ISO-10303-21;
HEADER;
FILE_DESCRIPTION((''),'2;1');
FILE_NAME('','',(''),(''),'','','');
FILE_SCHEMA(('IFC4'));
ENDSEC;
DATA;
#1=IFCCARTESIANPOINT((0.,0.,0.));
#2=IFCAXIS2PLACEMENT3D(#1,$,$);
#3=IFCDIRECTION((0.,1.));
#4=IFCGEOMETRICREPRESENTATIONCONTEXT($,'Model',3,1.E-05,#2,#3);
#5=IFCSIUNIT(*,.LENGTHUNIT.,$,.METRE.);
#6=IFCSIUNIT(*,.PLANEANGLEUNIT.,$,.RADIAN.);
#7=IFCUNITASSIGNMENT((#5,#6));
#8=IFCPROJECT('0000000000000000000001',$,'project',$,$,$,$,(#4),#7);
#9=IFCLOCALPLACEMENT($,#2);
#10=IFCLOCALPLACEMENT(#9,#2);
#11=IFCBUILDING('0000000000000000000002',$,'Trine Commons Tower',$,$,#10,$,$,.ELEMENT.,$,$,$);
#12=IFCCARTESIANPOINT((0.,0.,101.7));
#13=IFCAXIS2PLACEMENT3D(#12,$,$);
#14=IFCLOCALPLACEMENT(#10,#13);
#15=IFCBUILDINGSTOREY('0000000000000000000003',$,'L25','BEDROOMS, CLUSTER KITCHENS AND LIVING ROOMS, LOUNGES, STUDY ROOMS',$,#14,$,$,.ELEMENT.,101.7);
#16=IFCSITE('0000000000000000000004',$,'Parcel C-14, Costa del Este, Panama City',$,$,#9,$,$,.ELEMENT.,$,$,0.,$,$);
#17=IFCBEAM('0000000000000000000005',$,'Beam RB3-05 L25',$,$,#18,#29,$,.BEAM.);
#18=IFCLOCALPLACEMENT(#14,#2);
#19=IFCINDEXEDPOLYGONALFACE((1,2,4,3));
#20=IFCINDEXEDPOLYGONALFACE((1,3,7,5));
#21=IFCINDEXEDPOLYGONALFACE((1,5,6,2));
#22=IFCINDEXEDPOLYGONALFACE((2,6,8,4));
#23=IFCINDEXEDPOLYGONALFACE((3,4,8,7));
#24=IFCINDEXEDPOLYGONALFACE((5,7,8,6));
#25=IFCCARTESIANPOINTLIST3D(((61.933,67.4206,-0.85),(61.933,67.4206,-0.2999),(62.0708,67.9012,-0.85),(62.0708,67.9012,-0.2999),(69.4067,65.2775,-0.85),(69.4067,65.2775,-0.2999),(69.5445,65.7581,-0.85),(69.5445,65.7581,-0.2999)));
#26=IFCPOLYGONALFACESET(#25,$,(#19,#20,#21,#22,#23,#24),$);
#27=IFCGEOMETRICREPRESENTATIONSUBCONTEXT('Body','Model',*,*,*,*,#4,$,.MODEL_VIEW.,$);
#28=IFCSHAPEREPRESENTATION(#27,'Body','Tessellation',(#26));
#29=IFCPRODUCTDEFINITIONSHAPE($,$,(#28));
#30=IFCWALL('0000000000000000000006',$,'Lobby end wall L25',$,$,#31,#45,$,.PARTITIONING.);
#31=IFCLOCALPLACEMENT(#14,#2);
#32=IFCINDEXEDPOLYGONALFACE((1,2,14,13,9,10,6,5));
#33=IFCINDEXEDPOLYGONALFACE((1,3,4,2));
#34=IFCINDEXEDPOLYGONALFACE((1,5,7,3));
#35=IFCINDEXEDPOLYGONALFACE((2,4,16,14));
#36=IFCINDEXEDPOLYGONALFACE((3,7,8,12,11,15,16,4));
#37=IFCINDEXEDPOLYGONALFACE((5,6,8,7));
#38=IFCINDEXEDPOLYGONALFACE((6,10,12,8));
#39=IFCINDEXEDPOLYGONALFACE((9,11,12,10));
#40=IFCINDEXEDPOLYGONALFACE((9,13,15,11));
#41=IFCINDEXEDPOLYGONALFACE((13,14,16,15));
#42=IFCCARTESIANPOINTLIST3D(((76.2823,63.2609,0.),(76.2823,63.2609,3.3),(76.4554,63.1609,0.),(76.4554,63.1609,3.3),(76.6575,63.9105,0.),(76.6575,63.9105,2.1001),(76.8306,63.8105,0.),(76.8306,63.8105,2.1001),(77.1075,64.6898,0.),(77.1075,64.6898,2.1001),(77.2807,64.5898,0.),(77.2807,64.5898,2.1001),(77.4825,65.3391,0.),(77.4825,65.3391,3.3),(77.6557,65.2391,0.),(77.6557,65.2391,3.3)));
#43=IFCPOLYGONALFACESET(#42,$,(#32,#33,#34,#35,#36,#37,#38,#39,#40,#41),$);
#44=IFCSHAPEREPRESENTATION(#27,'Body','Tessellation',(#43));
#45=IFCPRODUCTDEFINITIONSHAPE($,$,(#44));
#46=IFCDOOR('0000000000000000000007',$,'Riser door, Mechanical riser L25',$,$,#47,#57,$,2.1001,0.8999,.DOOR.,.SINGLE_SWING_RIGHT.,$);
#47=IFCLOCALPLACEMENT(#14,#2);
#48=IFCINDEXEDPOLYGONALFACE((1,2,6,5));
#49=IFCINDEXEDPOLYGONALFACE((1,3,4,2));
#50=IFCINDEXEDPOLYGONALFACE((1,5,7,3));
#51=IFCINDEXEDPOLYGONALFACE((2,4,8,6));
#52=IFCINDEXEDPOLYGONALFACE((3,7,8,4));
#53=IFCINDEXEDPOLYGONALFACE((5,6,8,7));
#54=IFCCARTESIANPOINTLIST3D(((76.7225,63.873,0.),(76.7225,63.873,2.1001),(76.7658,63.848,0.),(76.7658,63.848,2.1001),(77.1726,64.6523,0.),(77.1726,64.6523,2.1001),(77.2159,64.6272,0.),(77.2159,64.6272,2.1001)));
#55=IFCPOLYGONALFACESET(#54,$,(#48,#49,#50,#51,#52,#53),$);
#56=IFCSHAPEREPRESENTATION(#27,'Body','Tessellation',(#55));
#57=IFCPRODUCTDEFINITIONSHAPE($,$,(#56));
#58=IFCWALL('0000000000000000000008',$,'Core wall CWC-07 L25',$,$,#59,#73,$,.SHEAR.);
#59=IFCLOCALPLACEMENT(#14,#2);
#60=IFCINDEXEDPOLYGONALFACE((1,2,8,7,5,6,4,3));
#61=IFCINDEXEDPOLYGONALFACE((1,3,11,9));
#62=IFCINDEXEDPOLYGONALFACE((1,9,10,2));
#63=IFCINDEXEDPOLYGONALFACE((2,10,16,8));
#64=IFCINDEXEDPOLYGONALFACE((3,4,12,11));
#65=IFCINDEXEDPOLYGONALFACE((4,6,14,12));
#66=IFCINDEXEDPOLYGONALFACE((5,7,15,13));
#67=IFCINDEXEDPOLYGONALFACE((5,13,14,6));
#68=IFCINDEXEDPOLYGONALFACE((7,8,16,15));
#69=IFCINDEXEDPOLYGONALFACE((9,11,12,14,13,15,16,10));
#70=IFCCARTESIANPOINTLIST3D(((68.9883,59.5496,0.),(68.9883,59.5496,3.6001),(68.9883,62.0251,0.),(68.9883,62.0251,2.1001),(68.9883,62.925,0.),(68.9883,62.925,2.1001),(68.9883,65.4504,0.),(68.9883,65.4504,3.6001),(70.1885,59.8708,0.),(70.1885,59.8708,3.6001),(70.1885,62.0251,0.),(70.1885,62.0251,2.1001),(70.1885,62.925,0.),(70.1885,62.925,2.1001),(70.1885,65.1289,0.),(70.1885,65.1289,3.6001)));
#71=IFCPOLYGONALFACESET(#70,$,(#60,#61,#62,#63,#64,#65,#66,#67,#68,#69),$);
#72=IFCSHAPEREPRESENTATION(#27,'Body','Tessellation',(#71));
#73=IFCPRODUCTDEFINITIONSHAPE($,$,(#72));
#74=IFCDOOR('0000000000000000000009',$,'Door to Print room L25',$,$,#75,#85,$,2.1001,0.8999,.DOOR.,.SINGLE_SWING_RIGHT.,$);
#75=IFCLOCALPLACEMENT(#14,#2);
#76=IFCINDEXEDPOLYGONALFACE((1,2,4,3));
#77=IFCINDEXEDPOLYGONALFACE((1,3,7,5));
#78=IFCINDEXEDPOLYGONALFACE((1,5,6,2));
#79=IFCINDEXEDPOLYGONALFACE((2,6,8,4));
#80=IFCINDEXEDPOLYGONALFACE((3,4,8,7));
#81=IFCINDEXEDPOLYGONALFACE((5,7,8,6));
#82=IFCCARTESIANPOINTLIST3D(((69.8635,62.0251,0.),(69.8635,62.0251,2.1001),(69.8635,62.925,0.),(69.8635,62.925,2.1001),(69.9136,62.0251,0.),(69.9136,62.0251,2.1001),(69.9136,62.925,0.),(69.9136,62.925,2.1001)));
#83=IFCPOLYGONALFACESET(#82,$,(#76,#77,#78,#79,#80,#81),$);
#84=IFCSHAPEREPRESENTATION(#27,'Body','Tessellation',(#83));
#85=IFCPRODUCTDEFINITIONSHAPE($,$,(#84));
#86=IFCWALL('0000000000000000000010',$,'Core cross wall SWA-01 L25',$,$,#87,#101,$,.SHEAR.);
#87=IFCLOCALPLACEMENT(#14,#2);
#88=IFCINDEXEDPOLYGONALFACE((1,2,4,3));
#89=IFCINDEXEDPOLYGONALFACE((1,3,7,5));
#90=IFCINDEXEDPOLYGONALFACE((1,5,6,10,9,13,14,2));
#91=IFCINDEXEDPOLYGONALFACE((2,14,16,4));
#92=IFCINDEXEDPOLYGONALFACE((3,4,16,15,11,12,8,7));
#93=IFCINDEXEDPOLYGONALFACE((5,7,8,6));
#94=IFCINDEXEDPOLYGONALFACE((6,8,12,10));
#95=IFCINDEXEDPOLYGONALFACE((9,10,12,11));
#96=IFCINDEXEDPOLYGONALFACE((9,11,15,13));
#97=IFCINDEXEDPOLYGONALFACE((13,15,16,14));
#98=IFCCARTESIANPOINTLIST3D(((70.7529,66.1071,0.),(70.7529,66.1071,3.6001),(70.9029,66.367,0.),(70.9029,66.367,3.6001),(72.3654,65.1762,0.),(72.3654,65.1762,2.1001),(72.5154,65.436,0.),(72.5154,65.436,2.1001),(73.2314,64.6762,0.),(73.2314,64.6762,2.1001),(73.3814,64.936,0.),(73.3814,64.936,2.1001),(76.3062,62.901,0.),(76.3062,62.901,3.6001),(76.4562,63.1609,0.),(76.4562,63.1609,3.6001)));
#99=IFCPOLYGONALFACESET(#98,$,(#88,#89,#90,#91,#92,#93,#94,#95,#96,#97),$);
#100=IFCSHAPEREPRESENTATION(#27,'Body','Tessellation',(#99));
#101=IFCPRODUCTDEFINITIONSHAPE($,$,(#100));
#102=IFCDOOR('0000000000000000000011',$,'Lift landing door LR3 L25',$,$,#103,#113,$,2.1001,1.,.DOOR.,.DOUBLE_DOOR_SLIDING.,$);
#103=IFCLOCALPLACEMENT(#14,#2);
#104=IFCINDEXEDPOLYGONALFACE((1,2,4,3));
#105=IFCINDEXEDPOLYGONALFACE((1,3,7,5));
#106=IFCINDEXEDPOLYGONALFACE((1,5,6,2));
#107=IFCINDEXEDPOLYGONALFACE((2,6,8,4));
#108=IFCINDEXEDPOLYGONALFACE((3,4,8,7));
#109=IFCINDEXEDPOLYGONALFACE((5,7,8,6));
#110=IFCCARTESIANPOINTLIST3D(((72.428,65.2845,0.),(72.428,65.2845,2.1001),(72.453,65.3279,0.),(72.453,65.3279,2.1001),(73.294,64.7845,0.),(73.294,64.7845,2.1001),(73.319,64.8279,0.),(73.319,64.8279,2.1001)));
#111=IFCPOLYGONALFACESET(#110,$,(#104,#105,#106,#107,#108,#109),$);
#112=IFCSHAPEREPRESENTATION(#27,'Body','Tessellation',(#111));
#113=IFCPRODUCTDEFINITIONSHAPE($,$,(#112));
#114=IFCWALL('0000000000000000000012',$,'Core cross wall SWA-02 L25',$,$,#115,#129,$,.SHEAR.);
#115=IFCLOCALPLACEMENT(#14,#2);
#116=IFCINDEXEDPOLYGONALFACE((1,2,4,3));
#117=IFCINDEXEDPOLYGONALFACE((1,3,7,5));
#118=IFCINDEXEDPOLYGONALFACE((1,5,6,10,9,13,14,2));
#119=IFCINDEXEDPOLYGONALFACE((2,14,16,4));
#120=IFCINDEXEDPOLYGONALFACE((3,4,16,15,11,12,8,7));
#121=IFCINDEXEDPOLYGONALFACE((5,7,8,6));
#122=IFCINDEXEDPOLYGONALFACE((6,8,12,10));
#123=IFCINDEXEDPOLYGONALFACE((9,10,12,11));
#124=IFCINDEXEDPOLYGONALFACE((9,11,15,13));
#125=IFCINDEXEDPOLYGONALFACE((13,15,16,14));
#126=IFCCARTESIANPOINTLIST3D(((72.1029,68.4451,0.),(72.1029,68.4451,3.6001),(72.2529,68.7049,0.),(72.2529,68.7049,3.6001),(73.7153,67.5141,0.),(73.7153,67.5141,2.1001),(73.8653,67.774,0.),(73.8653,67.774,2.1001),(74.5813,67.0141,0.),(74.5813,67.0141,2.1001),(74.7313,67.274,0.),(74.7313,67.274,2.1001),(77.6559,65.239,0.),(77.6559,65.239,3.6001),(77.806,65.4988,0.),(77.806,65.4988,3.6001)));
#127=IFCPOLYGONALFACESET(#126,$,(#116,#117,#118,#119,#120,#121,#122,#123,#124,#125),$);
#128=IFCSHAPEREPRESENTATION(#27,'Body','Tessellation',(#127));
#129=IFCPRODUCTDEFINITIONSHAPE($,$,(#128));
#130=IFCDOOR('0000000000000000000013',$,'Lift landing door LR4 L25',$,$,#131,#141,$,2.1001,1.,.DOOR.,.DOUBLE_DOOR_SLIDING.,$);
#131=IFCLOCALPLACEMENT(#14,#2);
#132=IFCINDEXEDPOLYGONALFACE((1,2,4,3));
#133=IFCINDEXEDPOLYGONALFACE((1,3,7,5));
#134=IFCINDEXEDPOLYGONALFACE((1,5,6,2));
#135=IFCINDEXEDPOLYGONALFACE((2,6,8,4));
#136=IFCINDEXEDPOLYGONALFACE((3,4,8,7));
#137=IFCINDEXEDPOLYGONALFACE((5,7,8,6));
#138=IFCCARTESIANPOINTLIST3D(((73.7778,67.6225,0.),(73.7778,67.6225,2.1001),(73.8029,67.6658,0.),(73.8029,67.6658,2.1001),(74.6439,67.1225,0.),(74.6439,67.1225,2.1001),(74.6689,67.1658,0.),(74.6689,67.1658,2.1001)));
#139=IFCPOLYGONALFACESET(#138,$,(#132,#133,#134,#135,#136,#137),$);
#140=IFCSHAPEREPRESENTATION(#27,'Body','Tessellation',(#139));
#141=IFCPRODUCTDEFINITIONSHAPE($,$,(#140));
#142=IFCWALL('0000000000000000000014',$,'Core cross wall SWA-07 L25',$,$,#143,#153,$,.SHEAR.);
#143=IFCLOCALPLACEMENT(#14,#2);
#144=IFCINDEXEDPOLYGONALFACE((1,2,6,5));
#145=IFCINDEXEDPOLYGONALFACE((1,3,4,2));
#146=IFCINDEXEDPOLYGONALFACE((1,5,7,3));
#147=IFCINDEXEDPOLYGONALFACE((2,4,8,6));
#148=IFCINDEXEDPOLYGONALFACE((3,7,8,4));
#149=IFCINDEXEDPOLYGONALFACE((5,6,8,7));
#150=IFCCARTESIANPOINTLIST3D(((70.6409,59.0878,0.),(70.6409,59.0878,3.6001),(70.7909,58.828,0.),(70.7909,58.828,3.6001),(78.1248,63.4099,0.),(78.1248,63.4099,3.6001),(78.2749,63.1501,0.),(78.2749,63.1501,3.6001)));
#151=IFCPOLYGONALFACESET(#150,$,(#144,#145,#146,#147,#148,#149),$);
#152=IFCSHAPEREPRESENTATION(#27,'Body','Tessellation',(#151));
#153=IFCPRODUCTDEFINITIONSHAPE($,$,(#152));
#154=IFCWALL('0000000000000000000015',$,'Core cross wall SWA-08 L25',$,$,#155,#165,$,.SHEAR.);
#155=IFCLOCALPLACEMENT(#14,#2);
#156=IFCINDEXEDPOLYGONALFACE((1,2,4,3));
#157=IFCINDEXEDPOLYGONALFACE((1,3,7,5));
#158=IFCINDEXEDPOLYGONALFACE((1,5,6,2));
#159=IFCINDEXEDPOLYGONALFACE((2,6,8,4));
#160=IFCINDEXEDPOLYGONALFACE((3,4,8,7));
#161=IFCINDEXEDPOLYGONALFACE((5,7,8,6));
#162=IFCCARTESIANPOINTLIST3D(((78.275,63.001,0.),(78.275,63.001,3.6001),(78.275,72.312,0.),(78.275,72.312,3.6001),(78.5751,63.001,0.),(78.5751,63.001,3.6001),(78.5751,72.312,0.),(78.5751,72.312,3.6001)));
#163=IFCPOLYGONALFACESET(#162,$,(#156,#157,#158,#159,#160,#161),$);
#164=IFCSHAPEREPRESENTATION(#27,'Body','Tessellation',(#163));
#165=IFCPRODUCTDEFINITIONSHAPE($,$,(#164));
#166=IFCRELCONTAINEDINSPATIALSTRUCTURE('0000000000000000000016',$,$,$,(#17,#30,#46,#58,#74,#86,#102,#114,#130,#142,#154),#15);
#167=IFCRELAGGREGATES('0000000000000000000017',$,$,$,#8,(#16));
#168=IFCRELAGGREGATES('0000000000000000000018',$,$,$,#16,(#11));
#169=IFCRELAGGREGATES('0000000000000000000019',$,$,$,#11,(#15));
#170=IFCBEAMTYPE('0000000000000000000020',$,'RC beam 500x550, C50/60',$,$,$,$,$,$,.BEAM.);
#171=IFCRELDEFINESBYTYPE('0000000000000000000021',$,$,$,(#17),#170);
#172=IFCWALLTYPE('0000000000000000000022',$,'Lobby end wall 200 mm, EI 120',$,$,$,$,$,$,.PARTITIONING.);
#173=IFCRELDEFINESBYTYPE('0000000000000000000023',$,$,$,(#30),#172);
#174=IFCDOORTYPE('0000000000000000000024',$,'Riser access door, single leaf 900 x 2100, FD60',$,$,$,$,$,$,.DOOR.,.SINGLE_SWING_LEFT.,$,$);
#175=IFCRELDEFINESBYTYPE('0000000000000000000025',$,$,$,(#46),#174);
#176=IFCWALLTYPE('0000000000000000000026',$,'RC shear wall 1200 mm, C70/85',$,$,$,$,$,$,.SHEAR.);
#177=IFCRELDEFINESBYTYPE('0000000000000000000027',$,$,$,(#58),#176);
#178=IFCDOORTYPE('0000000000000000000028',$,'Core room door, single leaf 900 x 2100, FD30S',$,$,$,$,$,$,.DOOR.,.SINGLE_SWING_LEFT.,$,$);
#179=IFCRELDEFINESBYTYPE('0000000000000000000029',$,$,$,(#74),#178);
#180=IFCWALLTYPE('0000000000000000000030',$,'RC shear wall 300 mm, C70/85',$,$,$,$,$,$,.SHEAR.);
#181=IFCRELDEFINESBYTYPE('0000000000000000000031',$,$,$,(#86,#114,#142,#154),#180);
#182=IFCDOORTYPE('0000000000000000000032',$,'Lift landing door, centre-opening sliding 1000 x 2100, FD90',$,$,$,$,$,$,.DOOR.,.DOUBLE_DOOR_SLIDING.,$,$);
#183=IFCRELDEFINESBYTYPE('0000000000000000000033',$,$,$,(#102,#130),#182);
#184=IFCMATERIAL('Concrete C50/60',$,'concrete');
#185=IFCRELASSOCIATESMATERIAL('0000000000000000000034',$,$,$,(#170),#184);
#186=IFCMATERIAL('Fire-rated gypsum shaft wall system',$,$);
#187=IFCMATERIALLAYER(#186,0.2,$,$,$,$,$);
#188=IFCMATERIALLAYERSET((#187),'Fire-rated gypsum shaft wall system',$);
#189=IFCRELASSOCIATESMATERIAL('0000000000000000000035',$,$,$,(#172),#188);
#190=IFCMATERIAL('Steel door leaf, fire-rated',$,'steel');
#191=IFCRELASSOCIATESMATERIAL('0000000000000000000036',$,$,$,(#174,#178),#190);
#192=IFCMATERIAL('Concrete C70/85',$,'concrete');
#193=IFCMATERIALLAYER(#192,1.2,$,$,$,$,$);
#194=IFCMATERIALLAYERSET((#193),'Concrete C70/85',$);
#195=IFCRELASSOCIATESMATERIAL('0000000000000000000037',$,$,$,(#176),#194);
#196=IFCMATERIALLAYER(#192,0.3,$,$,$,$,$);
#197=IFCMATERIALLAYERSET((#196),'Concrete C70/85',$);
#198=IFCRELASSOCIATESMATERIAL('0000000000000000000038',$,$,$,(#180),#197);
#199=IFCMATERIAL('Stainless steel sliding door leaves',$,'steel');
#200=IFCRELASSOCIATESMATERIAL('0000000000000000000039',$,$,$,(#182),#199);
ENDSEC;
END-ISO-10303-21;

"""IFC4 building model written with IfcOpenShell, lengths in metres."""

from ifc_helpers import new_model, si_unit, direction, frame, frame_2d, origin, origin_2d, place, context, subcontext, project, spatial, polyline, rectangle, outline, extrude, material, layer, layer_set, material_profile, profile_set, type_object, element, fill, save


model = new_model("IFC4")

# Units and contexts
model_context = context("Model", 3, precision=1e-05, world=origin(), true_north=direction((0.0, 1.0)))
body_context = subcontext(model_context, "Body", "Model", "MODEL_VIEW")
ifc_project = project(units=[si_unit("LENGTHUNIT", "METRE"), si_unit("PLANEANGLEUNIT", "RADIAN")], contexts=[model_context])

# Site, building, storey
site_placement = place(None, origin())
site = spatial("IfcSite", under=ifc_project, at=site_placement, Name="Parcel C-14, Costa del Este, Panama City", CompositionType="ELEMENT", RefElevation=0.0)
building_placement = place(site_placement, origin())
building = spatial("IfcBuilding", under=site, at=building_placement, Name="Trine Commons Tower", CompositionType="ELEMENT")
storey_placement = place(building_placement, frame((0.0, 0.0, 101.7)))
storey = spatial("IfcBuildingStorey", under=building, at=storey_placement, Name="L25", Description="BEDROOMS, CLUSTER KITCHENS AND LIVING ROOMS, LOUNGES, STUDY ROOMS", CompositionType="ELEMENT", Elevation=101.7)

# Beam
ifc_material_1 = material(Name="Concrete C50/60", Category="concrete")
ifc_material_profile = material_profile(ifc_material_1, rectangle(XDim=0.5, YDim=0.55, at=origin_2d()), Name="RC 500x550")
ifc_profile_set = profile_set([ifc_material_profile], Name="Concrete C50/60")
beam_type = type_object("IfcBeamType", Name="RC beam 500x550, C50/60", PredefinedType="BEAM", material=ifc_profile_set)
beam_placement = place(storey_placement, frame((69.4756, 65.5178, -0.575), z_axis=(-0.96126, 0.275642, 0.0), x_axis=(-0.275642, -0.96126, 0.0)))
element("IfcBeam", 1, at=beam_placement, inside=storey, type_object=beam_type, Name="Beam RB3-05 L25", PredefinedType="BEAM", context=body_context, shape_type="SweptSolid", body=[
    extrude(rectangle(XDim=0.5, YDim=0.55, at=origin_2d()), origin(), (0.0, 0.0, 1.0), 7.7749),
])

# Walls, openings, doors
ifc_material_2 = material(Name="Fire-rated gypsum shaft wall system")
ifc_layer_1 = layer(ifc_material_2, 0.2)
ifc_layer_set_1 = layer_set([ifc_layer_1], Name="Fire-rated gypsum shaft wall system")
wall_type_1 = type_object("IfcWallType", Name="Lobby end wall 200 mm, EI 120", PredefinedType="PARTITIONING", material=ifc_layer_set_1)
wall_1_placement = place(storey_placement, frame((77.5691, 65.2891, 0.0), z_axis=(0.0, 0.0, 1.0), x_axis=(-0.500122, -0.865955, 0.0)))
wall_1 = element("IfcWall", 2, at=wall_1_placement, inside=storey, type_object=wall_type_1, Name="Lobby end wall L25", PredefinedType="PARTITIONING", context=body_context, shape_type="SweptSolid", body=[
    extrude(rectangle(XDim=2.3999, YDim=0.2, at=frame_2d((1.2, 0.0))), origin(), (0.0, 0.0, 1.0), 3.3),
])
opening_1_placement = place(wall_1_placement, frame((0.7498, 0.0, 0.0)))
opening_1 = element("IfcOpeningElement", 3, at=opening_1_placement, cuts=wall_1, PredefinedType="OPENING", context=body_context, shape_type="SweptSolid", body=[
    extrude(rectangle(XDim=0.8999, YDim=2.1001, at=frame_2d((0.45, 1.05))), frame((0.0, 0.1099, 0.0), z_axis=(0.0, -1.0, 0.0), x_axis=(1.0, 0.0, 0.0)), (0.0, 0.0, 1.0), 0.22),
])
ifc_material_3 = material(Name="Steel door leaf, fire-rated", Category="steel")
door_type_1 = type_object("IfcDoorType", Name="Riser access door, single leaf 900 x 2100, FD60", OperationType="SINGLE_SWING_LEFT", PredefinedType="DOOR", material=ifc_material_3)
door_1_placement = place(opening_1_placement, frame((0.8999, 0.0, 0.0), z_axis=(0.0, 0.0, 1.0), x_axis=(-1.0, 0.0, 0.0)))
door_1 = element("IfcDoor", 4, at=door_1_placement, inside=storey, type_object=door_type_1, Name="Riser door, Mechanical riser L25", OperationType="SINGLE_SWING_RIGHT", OverallHeight=2.1001, OverallWidth=0.8999, PredefinedType="DOOR", context=body_context, shape_type="SweptSolid", body=[
    extrude(rectangle(XDim=0.8999, YDim=2.1001, at=frame_2d((0.45, 1.05))), frame((0.0, 0.0249, 0.0), z_axis=(0.0, -1.0, 0.0), x_axis=(1.0, 0.0, 0.0)), (0.0, 0.0, 1.0), 0.05),
])
fill(opening_1, door_1)
ifc_material_4 = material(Name="Concrete C70/85", Category="concrete")
ifc_layer_2 = layer(ifc_material_4, 1.2)
ifc_layer_set_2 = layer_set([ifc_layer_2], Name="Concrete C70/85")
wall_type_2 = type_object("IfcWallType", Name="RC shear wall 1200 mm, C70/85", PredefinedType="SHEAR", material=ifc_layer_set_2)
wall_2_placement = place(storey_placement, frame((69.5884, 65.4504, 0.0), z_axis=(0.0, 0.0, 1.0), x_axis=(0.0, -1.0, 0.0)))
wall_2 = element("IfcWall", 5, at=wall_2_placement, inside=storey, type_object=wall_type_2, Name="Core wall CWC-07 L25", PredefinedType="SHEAR", context=body_context, shape_type="SweptSolid", body=[
    extrude(outline(polyline([(0.0, -0.6001), (5.9009, -0.6001), (5.5796, 0.6001), (0.3215, 0.6001), (0.0, -0.6001)])), origin(), (0.0, 0.0, 1.0), 3.6001),
])
opening_2_placement = place(wall_2_placement, frame((2.5254, 0.0, 0.0)))
opening_2 = element("IfcOpeningElement", 6, at=opening_2_placement, cuts=wall_2, PredefinedType="OPENING", context=body_context, shape_type="SweptSolid", body=[
    extrude(rectangle(XDim=0.8999, YDim=2.1001, at=frame_2d((0.45, 1.05))), frame((0.0, 0.6099, 0.0), z_axis=(0.0, -1.0, 0.0), x_axis=(1.0, 0.0, 0.0)), (0.0, 0.0, 1.0), 1.22),
])
door_type_2 = type_object("IfcDoorType", Name="Core room door, single leaf 900 x 2100, FD30S", OperationType="SINGLE_SWING_LEFT", PredefinedType="DOOR", material=ifc_material_3)
door_2_placement = place(opening_2_placement, origin())
door_2 = element("IfcDoor", 7, at=door_2_placement, inside=storey, type_object=door_type_2, Name="Door to Print room L25", OperationType="SINGLE_SWING_RIGHT", OverallHeight=2.1001, OverallWidth=0.8999, PredefinedType="DOOR", context=body_context, shape_type="SweptSolid", body=[
    extrude(rectangle(XDim=0.8999, YDim=2.1001, at=frame_2d((0.45, 1.05))), frame((0.0, 0.3252, 0.0), z_axis=(0.0, -1.0, 0.0), x_axis=(1.0, 0.0, 0.0)), (0.0, 0.0, 1.0), 0.05),
])
fill(opening_2, door_2)
ifc_layer_3 = layer(ifc_material_4, 0.3)
ifc_layer_set_3 = layer_set([ifc_layer_3], Name="Concrete C70/85")
wall_type_3 = type_object("IfcWallType", Name="RC shear wall 300 mm, C70/85", PredefinedType="SHEAR", material=ifc_layer_set_3)
wall_3_placement = place(storey_placement, frame((76.3811, 63.031, 0.0), z_axis=(0.0, 0.0, 1.0), x_axis=(-0.866032, 0.499988, 0.0)))
wall_3 = element("IfcWall", 8, at=wall_3_placement, inside=storey, type_object=wall_type_3, Name="Core cross wall SWA-01 L25", PredefinedType="SHEAR", context=body_context, shape_type="SweptSolid", body=[
    extrude(rectangle(XDim=6.4124, YDim=0.3, at=frame_2d((3.2061, 0.0))), origin(), (0.0, 0.0, 1.0), 3.6001),
])
opening_3_placement = place(wall_3_placement, frame((3.5503, 0.0, 0.0)))
opening_3 = element("IfcOpeningElement", 9, at=opening_3_placement, cuts=wall_3, PredefinedType="OPENING", context=body_context, shape_type="SweptSolid", body=[
    extrude(rectangle(XDim=1.0, YDim=2.1001, at=frame_2d((0.5, 1.05))), frame((0.0, 0.1599, 0.0), z_axis=(0.0, -1.0, 0.0), x_axis=(1.0, 0.0, 0.0)), (0.0, 0.0, 1.0), 0.3201),
])
ifc_material_5 = material(Name="Stainless steel sliding door leaves", Category="steel")
door_type_3 = type_object("IfcDoorType", Name="Lift landing door, centre-opening sliding 1000 x 2100, FD90", OperationType="DOUBLE_DOOR_SLIDING", PredefinedType="DOOR", material=ifc_material_5)
door_3_placement = place(opening_3_placement, origin())
door_3 = element("IfcDoor", 10, at=door_3_placement, inside=storey, type_object=door_type_3, Name="Lift landing door LR3 L25", OperationType="DOUBLE_DOOR_SLIDING", OverallHeight=2.1001, OverallWidth=1.0, PredefinedType="DOOR", context=body_context, shape_type="SweptSolid", body=[
    extrude(rectangle(XDim=1.0, YDim=2.1001, at=frame_2d((0.5, 1.05))), frame((0.0, 0.0249, 0.0), z_axis=(0.0, -1.0, 0.0), x_axis=(1.0, 0.0, 0.0)), (0.0, 0.0, 1.0), 0.05),
])
fill(opening_3, door_3)
wall_4_placement = place(storey_placement, frame((77.731, 65.3689, 0.0), z_axis=(0.0, 0.0, 1.0), x_axis=(-0.866023, 0.500005, 0.0)))
wall_4 = element("IfcWall", 11, at=wall_4_placement, inside=storey, type_object=wall_type_3, Name="Core cross wall SWA-02 L25", PredefinedType="SHEAR", context=body_context, shape_type="SweptSolid", body=[
    extrude(rectangle(XDim=6.4121, YDim=0.3, at=frame_2d((3.2061, 0.0))), origin(), (0.0, 0.0, 1.0), 3.6001),
])
opening_4_placement = place(wall_4_placement, frame((3.5503, 0.0, 0.0)))
opening_4 = element("IfcOpeningElement", 12, at=opening_4_placement, cuts=wall_4, PredefinedType="OPENING", context=body_context, shape_type="SweptSolid", body=[
    extrude(rectangle(XDim=1.0, YDim=2.1001, at=frame_2d((0.5, 1.05))), frame((0.0, 0.1599, 0.0), z_axis=(0.0, -1.0, 0.0), x_axis=(1.0, 0.0, 0.0)), (0.0, 0.0, 1.0), 0.3201),
])
door_4_placement = place(opening_4_placement, origin())
door_4 = element("IfcDoor", 13, at=door_4_placement, inside=storey, type_object=door_type_3, Name="Lift landing door LR4 L25", OperationType="DOUBLE_DOOR_SLIDING", OverallHeight=2.1001, OverallWidth=1.0, PredefinedType="DOOR", context=body_context, shape_type="SweptSolid", body=[
    extrude(rectangle(XDim=1.0, YDim=2.1001, at=frame_2d((0.5, 1.05))), frame((0.0, 0.0249, 0.0), z_axis=(0.0, -1.0, 0.0), x_axis=(1.0, 0.0, 0.0)), (0.0, 0.0, 1.0), 0.05),
])
fill(opening_4, door_4)

# Walls
wall_5_placement = place(storey_placement, frame((78.2, 63.28, 0.0), z_axis=(0.0, 0.0, 1.0), x_axis=(-0.865965, -0.500104, 0.0)))
element("IfcWall", 14, at=wall_5_placement, inside=storey, type_object=wall_type_3, Name="Core cross wall SWA-07 L25", PredefinedType="SHEAR", context=body_context, shape_type="SweptSolid", body=[
    extrude(rectangle(XDim=8.6423, YDim=0.3, at=frame_2d((4.3213, 0.0))), origin(), (0.0, 0.0, 1.0), 3.6001),
])
wall_6_placement = place(storey_placement, frame((78.425, 63.001, 0.0), z_axis=(0.0, 0.0, 1.0), x_axis=(0.0, 1.0, 0.0)))
element("IfcWall", 15, at=wall_6_placement, inside=storey, type_object=wall_type_3, Name="Core cross wall SWA-08 L25", PredefinedType="SHEAR", context=body_context, shape_type="SweptSolid", body=[
    extrude(rectangle(XDim=9.311, YDim=0.3, at=frame_2d((4.6555, 0.0))), origin(), (0.0, 0.0, 1.0), 3.6001),
])

save(model, "model.ifc")
